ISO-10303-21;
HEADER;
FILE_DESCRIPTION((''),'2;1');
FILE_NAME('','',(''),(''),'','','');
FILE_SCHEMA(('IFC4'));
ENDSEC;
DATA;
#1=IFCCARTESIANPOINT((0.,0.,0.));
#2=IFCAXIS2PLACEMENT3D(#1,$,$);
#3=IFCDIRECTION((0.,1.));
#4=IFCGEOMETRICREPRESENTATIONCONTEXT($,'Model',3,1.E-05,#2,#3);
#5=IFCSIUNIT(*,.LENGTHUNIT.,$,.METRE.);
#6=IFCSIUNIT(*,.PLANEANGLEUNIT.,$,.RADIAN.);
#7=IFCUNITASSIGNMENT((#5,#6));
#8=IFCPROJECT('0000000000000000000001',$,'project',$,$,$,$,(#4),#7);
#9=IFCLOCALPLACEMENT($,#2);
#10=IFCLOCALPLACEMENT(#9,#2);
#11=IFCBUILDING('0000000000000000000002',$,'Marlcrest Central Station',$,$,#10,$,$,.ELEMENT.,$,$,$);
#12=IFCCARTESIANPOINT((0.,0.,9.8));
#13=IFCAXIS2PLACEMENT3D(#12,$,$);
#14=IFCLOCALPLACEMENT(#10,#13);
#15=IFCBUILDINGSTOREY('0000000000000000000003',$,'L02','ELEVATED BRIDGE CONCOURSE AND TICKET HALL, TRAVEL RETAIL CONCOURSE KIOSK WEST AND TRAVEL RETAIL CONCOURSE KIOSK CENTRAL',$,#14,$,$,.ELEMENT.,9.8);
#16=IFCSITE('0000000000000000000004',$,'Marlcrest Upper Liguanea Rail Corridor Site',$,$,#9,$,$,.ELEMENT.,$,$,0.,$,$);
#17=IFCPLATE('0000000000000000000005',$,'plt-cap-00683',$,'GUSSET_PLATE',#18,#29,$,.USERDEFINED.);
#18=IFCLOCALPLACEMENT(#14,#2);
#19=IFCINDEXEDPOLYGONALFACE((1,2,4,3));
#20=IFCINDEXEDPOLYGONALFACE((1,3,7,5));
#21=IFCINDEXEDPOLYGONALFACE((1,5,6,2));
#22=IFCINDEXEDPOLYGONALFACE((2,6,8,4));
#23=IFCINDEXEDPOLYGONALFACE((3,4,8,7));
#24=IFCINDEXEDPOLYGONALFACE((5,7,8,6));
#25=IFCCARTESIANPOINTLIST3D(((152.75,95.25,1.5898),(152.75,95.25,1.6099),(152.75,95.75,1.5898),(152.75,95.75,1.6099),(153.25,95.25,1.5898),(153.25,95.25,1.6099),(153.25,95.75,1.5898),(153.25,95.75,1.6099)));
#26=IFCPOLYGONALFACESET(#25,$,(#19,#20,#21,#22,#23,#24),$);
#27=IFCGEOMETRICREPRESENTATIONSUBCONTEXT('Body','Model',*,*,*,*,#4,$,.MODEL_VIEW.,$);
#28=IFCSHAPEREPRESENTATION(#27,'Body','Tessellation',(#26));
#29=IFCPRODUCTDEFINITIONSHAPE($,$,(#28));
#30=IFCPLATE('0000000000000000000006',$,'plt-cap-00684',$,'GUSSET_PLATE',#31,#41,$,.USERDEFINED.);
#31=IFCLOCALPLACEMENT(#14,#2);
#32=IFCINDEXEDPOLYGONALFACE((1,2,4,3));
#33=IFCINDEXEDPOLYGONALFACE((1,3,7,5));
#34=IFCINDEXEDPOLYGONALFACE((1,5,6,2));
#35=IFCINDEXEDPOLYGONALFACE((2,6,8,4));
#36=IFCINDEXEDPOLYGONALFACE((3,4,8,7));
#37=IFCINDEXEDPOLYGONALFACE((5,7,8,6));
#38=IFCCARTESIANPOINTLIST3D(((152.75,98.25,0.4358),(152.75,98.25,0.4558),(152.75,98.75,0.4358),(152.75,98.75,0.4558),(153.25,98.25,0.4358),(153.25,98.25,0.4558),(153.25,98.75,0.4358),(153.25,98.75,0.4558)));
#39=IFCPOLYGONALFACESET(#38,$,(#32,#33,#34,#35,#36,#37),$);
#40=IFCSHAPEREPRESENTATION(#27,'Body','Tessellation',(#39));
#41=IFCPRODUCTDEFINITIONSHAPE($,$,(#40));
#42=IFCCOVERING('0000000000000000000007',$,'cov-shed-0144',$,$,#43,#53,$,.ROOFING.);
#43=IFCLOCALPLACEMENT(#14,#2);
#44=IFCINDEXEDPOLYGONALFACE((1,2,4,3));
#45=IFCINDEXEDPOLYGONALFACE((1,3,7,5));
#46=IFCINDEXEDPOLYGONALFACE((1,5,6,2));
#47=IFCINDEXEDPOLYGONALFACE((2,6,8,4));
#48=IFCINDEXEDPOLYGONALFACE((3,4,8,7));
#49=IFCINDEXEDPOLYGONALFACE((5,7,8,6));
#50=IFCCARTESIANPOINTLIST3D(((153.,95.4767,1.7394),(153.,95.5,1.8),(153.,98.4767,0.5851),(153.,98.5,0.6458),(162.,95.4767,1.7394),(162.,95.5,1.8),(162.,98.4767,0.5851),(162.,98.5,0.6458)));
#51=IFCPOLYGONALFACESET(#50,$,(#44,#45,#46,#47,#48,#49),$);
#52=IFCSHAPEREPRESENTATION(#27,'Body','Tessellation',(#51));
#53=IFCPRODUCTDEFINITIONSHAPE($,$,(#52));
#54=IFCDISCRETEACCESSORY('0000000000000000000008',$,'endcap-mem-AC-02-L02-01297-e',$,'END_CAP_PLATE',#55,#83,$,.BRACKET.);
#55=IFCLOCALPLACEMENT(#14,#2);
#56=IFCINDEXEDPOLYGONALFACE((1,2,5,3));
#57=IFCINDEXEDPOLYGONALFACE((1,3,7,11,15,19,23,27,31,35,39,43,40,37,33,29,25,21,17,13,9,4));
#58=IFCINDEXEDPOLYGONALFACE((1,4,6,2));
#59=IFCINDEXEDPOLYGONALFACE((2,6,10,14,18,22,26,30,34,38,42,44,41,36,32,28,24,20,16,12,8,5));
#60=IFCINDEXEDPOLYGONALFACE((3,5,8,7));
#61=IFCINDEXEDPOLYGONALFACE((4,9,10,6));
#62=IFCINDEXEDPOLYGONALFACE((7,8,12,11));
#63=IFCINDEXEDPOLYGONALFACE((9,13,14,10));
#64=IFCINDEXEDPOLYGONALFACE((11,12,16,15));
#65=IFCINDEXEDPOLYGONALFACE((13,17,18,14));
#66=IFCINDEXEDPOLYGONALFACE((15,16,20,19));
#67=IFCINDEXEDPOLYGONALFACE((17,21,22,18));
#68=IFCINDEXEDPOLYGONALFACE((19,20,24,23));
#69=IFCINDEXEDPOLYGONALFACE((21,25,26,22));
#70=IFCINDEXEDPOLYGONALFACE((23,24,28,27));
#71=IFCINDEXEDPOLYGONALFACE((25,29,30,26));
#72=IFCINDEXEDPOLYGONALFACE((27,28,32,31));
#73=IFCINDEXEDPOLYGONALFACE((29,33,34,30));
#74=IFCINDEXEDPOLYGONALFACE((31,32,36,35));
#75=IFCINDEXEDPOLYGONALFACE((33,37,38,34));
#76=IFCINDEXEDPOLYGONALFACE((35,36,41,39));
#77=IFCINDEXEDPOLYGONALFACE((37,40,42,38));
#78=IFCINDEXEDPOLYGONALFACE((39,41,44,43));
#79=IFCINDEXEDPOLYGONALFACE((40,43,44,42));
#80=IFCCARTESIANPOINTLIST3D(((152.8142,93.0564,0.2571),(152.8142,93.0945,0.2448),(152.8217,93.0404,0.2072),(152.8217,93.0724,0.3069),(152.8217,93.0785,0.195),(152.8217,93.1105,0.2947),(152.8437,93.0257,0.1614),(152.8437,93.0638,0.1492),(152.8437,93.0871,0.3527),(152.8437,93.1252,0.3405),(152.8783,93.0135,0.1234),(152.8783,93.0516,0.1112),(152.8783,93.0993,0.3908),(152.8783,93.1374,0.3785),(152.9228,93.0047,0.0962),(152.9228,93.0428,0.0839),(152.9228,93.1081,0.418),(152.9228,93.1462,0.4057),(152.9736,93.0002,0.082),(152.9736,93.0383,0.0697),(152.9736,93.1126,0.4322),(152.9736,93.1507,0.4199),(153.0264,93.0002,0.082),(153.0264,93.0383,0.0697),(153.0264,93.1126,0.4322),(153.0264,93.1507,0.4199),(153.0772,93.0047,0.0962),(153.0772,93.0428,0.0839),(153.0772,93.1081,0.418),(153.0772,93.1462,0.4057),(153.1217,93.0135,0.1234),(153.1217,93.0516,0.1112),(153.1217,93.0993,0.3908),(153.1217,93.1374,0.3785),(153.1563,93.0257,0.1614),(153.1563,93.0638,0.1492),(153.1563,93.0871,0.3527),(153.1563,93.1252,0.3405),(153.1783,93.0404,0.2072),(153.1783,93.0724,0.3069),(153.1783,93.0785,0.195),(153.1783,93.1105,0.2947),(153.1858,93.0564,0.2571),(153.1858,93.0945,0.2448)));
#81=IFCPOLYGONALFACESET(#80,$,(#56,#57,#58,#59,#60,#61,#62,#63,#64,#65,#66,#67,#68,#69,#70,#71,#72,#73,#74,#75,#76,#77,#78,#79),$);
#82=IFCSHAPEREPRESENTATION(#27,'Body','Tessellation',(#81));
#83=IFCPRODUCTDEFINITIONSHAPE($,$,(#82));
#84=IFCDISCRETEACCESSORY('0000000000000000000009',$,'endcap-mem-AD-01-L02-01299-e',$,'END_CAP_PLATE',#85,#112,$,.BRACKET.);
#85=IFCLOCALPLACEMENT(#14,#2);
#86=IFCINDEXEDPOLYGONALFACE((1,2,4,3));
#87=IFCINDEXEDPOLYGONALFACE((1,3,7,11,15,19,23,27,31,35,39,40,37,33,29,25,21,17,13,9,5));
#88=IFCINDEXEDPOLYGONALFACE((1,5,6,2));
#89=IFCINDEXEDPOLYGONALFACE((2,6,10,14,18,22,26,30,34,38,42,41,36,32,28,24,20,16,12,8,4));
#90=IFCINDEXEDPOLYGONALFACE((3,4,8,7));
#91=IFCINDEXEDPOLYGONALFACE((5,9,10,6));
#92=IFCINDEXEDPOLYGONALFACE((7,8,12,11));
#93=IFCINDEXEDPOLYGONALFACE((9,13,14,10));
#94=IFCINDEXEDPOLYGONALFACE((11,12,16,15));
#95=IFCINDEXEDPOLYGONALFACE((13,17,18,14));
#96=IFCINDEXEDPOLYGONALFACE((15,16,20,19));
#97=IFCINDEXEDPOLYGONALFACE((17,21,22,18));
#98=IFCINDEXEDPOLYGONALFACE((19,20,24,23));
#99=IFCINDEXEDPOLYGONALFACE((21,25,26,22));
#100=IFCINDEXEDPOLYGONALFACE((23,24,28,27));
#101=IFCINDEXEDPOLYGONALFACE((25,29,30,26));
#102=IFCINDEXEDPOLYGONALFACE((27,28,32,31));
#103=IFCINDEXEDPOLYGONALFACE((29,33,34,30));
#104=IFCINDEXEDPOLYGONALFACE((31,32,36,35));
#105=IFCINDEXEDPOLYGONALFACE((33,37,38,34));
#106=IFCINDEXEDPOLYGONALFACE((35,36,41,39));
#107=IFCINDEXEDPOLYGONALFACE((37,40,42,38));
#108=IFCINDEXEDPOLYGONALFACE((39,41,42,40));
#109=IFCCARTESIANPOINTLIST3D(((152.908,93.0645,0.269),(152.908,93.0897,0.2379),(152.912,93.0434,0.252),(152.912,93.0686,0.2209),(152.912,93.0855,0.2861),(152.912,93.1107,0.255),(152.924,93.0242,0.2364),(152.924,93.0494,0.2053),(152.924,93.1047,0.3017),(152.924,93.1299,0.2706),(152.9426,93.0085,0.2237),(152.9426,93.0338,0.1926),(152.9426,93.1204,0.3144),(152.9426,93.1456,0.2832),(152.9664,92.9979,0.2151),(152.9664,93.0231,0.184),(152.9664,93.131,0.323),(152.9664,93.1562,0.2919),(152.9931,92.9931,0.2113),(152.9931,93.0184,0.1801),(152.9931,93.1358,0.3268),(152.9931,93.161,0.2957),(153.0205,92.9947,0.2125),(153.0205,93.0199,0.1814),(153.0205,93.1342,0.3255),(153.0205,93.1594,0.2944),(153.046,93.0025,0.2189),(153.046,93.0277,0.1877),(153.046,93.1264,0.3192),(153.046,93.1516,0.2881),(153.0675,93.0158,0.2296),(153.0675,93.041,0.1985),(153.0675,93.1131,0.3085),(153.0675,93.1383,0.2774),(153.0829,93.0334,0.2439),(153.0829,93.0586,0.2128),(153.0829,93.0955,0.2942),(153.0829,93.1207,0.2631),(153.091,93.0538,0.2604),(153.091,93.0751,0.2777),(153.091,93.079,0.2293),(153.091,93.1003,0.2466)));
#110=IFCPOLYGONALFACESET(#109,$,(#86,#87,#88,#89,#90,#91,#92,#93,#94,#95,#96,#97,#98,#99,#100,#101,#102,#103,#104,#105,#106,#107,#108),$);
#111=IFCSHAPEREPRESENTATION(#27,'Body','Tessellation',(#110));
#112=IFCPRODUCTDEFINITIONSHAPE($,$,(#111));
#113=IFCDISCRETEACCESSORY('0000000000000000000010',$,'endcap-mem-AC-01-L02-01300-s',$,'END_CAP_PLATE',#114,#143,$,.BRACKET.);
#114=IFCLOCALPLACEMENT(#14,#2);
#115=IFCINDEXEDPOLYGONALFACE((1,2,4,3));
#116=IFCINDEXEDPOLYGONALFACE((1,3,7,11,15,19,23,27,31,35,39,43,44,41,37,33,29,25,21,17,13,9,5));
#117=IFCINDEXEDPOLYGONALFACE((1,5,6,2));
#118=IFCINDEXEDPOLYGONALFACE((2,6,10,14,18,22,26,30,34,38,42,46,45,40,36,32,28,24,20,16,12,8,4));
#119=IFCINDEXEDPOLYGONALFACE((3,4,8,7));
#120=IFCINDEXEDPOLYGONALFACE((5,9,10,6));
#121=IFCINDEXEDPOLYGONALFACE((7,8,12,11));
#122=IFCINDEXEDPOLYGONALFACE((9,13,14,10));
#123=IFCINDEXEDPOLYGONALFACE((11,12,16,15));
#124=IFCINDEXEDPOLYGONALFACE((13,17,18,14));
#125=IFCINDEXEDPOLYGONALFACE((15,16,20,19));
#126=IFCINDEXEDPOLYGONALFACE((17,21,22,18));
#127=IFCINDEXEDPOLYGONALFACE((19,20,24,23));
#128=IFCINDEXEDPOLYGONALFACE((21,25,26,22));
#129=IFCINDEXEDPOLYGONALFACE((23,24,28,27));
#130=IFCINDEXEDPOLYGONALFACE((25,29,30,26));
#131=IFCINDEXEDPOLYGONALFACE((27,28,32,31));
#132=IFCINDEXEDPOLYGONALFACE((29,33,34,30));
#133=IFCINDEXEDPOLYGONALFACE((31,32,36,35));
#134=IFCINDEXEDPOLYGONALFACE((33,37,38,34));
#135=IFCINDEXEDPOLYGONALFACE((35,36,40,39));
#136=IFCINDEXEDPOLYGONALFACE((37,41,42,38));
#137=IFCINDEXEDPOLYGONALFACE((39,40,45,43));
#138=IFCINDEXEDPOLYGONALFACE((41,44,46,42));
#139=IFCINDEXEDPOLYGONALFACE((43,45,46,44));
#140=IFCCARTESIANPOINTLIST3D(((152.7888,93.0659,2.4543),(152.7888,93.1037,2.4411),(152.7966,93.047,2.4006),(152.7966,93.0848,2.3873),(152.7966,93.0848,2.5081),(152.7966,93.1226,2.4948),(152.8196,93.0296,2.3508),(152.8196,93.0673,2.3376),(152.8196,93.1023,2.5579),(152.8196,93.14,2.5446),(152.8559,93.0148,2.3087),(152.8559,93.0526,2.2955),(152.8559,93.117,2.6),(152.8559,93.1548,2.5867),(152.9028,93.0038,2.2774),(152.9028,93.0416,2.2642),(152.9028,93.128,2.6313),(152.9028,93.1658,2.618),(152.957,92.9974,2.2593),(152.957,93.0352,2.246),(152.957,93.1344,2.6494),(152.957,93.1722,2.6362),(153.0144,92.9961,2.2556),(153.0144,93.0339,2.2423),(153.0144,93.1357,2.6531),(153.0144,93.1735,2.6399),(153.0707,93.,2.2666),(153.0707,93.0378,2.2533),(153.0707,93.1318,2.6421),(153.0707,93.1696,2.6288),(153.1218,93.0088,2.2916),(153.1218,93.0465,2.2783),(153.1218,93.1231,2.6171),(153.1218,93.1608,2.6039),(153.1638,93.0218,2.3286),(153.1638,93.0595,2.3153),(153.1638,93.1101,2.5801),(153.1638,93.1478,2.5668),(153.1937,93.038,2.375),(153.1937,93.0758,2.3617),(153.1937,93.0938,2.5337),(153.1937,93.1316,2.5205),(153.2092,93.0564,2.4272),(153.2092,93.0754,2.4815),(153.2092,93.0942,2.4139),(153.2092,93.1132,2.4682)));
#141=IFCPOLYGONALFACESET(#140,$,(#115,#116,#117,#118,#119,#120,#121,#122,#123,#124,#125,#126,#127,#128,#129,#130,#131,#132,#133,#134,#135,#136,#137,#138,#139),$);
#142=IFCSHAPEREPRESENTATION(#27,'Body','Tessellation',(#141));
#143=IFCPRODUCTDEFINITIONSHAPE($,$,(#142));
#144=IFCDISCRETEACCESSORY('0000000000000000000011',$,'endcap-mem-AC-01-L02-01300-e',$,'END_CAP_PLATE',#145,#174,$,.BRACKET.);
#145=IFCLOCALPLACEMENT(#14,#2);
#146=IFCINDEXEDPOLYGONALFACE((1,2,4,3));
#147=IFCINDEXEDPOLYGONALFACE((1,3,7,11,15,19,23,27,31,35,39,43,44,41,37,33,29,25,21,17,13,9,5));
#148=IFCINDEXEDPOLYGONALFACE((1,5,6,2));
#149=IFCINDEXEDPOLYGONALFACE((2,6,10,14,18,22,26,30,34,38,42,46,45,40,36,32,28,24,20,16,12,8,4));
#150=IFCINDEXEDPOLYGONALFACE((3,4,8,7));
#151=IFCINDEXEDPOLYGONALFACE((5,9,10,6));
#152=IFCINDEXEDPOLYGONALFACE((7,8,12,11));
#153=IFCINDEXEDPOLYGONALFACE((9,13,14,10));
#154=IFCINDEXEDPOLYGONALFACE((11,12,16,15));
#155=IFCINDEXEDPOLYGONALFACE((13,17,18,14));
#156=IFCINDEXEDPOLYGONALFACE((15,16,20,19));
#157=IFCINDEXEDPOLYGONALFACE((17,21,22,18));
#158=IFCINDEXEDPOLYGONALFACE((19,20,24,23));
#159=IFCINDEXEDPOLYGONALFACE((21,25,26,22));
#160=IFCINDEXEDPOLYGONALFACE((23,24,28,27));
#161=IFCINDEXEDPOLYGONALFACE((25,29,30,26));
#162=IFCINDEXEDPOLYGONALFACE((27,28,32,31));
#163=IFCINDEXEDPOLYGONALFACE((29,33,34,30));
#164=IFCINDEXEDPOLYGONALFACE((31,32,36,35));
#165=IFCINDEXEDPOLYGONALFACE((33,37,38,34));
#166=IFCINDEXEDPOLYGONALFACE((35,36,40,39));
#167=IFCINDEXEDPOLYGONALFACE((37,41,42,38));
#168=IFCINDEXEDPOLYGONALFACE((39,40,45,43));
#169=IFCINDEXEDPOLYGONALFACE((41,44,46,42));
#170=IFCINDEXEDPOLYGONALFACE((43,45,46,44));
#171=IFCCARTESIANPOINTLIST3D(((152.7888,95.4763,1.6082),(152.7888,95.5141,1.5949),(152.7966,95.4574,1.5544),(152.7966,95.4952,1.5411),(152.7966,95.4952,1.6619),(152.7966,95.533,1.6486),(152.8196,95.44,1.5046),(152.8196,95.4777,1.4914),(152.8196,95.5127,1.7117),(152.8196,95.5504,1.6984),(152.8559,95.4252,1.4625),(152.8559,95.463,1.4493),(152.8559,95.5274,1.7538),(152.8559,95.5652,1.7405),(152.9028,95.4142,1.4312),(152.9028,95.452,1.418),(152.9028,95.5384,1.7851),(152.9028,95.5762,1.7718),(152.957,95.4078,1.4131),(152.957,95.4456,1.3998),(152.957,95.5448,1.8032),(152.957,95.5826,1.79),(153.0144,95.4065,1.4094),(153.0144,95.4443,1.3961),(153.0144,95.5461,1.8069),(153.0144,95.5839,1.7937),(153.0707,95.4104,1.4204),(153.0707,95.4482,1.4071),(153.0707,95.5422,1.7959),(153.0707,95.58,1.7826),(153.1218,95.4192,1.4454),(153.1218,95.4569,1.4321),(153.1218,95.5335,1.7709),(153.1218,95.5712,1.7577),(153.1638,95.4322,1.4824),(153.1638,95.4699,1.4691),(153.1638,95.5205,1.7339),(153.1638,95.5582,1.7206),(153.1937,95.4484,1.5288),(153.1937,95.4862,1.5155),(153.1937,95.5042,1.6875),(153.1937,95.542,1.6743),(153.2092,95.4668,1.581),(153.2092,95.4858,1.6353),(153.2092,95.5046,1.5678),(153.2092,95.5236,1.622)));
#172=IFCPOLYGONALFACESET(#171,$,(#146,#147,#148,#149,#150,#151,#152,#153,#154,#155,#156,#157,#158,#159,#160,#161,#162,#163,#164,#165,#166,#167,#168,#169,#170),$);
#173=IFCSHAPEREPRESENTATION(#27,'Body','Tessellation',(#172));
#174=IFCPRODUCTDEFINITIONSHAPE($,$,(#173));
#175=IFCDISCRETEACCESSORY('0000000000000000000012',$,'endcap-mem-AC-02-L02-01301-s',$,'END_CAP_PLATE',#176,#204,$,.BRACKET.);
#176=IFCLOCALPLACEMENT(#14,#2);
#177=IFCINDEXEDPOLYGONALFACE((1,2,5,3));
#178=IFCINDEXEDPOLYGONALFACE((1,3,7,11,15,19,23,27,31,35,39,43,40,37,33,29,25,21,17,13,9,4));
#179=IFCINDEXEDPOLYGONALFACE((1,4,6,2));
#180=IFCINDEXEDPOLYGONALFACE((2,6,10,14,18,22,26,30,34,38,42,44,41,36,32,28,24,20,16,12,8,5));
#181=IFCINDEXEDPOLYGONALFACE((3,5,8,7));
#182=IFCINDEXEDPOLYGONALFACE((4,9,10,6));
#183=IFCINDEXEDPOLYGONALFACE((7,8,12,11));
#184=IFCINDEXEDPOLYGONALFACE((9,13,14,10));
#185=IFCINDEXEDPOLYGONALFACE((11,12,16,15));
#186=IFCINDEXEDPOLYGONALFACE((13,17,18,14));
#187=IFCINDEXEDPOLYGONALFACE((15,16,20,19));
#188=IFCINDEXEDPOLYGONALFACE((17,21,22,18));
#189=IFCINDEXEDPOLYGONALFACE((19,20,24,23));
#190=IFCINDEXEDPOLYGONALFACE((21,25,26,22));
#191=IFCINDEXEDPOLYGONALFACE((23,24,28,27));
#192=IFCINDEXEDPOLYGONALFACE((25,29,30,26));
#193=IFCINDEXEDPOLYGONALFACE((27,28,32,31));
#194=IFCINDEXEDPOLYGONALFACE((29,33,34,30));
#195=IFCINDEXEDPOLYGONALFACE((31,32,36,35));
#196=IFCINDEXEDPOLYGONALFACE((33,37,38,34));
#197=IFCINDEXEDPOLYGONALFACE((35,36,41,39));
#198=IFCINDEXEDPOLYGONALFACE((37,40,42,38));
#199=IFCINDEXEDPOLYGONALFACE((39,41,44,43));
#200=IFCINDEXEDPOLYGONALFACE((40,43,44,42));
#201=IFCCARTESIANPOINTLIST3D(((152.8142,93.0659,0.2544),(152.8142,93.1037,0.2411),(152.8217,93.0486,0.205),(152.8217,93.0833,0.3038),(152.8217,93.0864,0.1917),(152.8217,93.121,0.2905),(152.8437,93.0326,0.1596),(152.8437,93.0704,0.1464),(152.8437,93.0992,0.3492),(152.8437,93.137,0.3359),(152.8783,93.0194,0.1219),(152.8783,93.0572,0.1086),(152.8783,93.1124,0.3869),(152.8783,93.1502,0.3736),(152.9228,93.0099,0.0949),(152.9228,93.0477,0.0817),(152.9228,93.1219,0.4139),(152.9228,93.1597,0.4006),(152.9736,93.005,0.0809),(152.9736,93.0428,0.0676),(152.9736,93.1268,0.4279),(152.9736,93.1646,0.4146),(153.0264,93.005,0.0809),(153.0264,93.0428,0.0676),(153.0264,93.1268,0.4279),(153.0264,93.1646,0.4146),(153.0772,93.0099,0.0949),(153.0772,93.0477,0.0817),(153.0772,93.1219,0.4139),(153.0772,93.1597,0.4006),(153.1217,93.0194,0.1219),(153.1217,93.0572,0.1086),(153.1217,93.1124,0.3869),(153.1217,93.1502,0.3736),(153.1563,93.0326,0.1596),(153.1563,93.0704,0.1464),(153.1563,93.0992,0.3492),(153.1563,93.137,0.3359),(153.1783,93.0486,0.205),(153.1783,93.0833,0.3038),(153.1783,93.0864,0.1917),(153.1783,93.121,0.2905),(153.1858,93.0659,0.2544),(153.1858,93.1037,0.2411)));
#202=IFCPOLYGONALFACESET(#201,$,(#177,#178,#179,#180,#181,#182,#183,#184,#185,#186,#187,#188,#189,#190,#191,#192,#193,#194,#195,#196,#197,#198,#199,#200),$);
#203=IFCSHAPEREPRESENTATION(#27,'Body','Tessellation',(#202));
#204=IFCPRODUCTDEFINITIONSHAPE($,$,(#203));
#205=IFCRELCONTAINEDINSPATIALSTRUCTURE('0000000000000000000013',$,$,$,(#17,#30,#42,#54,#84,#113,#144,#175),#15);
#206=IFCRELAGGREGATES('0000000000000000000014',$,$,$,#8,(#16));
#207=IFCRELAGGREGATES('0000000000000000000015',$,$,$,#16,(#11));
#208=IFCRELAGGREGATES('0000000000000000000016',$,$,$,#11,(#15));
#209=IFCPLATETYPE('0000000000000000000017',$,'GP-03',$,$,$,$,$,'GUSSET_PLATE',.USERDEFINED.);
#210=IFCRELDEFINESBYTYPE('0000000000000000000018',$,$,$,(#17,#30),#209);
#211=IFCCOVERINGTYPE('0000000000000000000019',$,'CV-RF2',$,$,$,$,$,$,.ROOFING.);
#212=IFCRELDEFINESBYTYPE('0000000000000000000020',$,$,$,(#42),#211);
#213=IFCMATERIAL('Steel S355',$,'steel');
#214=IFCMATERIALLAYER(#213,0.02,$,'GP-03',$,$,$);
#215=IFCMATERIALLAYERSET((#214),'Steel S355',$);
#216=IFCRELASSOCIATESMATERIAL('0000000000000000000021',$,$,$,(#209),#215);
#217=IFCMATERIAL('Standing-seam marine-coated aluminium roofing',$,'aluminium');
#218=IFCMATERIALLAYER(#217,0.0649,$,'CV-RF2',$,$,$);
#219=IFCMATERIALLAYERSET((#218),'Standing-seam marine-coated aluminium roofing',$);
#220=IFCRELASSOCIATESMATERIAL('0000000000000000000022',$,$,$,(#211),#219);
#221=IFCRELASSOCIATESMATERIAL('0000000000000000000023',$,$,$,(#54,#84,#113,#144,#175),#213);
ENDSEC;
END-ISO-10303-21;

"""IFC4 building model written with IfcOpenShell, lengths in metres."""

from ifc_helpers import new_model, si_unit, direction, frame, origin, origin_2d, place, context, subcontext, project, spatial, polyline, rectangle, circle, outline, extrude, material, layer, layer_set, type_object, element, save


model = new_model("IFC4")

# Units and contexts
model_context = context("Model", 3, precision=1e-05, world=origin(), true_north=direction((0.0, 1.0)))
body_context = subcontext(model_context, "Body", "Model", "MODEL_VIEW")
ifc_project = project(units=[si_unit("LENGTHUNIT", "METRE"), si_unit("PLANEANGLEUNIT", "RADIAN")], contexts=[model_context])

# Site, building, storey
site_placement = place(None, origin())
site = spatial("IfcSite", under=ifc_project, at=site_placement, Name="Marlcrest Upper Liguanea Rail Corridor Site", CompositionType="ELEMENT", RefElevation=0.0)
building_placement = place(site_placement, origin())
building = spatial("IfcBuilding", under=site, at=building_placement, Name="Marlcrest Central Station", CompositionType="ELEMENT")
storey_placement = place(building_placement, frame((0.0, 0.0, 9.8)))
storey = spatial("IfcBuildingStorey", under=building, at=storey_placement, Name="L02", Description="ELEVATED BRIDGE CONCOURSE AND TICKET HALL, TRAVEL RETAIL CONCOURSE KIOSK WEST AND TRAVEL RETAIL CONCOURSE KIOSK CENTRAL", CompositionType="ELEMENT", Elevation=9.8)

# Shared definitions
ifc_material_1 = material(Name="Steel S355", Category="steel")

# Plates
ifc_layer_1 = layer(ifc_material_1, 0.02, Name="GP-03")
ifc_layer_set_1 = layer_set([ifc_layer_1], Name="Steel S355")
plate_type = type_object("IfcPlateType", Name="GP-03", ElementType="GUSSET_PLATE", PredefinedType="USERDEFINED", material=ifc_layer_set_1)
for number, where, z_axis, x_axis, name in (
    (1, (153.0, 95.5, 1.5898), (0.0, 0.0, 1.0), (1.0, 0.0, 0.0), "plt-cap-00683"),
    (2, (153.0, 98.5, 0.4358), (0.0, 0.0, 1.0), (1.0, 0.0, 0.0), "plt-cap-00684"),
):
    element("IfcPlate", number, at=place(storey_placement, frame(where, z_axis=z_axis, x_axis=x_axis)), inside=storey, type_object=plate_type, Name=name, ObjectType="GUSSET_PLATE", PredefinedType="USERDEFINED", context=body_context, shape_type="SweptSolid", body=[
        extrude(rectangle(XDim=0.5, YDim=0.5, at=origin_2d()), origin(), (0.0, 0.0, 1.0), 0.02),
    ])

# Covering
ifc_material_2 = material(Name="Standing-seam marine-coated aluminium roofing", Category="aluminium")
ifc_layer_2 = layer(ifc_material_2, 0.0649, Name="CV-RF2")
ifc_layer_set_2 = layer_set([ifc_layer_2], Name="Standing-seam marine-coated aluminium roofing")
covering_type = type_object("IfcCoveringType", Name="CV-RF2", PredefinedType="ROOFING", material=ifc_layer_set_2)
covering_placement = place(storey_placement, frame((153.0, 95.5, 1.8), z_axis=(0.0, 0.359101, 0.933299), x_axis=(1.0, 0.0, 0.0)))
element("IfcCovering", 3, at=covering_placement, inside=storey, type_object=covering_type, Name="cov-shed-0144", PredefinedType="ROOFING", context=body_context, shape_type="SweptSolid", body=[
    extrude(outline(polyline([(0.0, 0.0), (9.0, 0.0), (9.0, 3.2144), (0.0, 3.2144), (0.0, 0.0)])), origin(), (0.0, 0.0, -1.0), 0.0649),
])

# Discrete accessories
discrete_accessory_1_placement = place(storey_placement, frame((153.0, 93.0564, 0.2571), z_axis=(0.0, 0.952117, -0.305734), x_axis=(-1.0, 0.0, 0.0)))
element("IfcDiscreteAccessory", 4, at=discrete_accessory_1_placement, inside=storey, material=ifc_material_1, Name="endcap-mem-AC-02-L02-01297-e", ObjectType="END_CAP_PLATE", PredefinedType="BRACKET", context=body_context, shape_type="SweptSolid", body=[
    extrude(circle(Radius=0.1858, at=origin_2d()), origin(), (0.0, 0.0, 1.0), 0.04),
])
discrete_accessory_2_placement = place(storey_placement, frame((153.0, 93.0645, 0.269), z_axis=(0.0, 0.629629, -0.776896), x_axis=(-1.0, 0.0, 0.0)))
element("IfcDiscreteAccessory", 5, at=discrete_accessory_2_placement, inside=storey, material=ifc_material_1, Name="endcap-mem-AD-01-L02-01299-e", ObjectType="END_CAP_PLATE", PredefinedType="BRACKET", context=body_context, shape_type="SweptSolid", body=[
    extrude(circle(Radius=0.092, at=origin_2d()), origin(), (0.0, 0.0, 1.0), 0.04),
])
for number, where, z_axis, x_axis, name in (
    (6, (153.0, 93.0659, 2.4543), (0.0, 0.943537, -0.331266), (-1.0, 0.0, 0.0), "endcap-mem-AC-01-L02-01300-s"),
    (7, (153.0, 95.4763, 1.6082), (0.0, 0.943537, -0.331266), (-1.0, 0.0, 0.0), "endcap-mem-AC-01-L02-01300-e"),
):
    element("IfcDiscreteAccessory", number, at=place(storey_placement, frame(where, z_axis=z_axis, x_axis=x_axis)), inside=storey, material=ifc_material_1, Name=name, ObjectType="END_CAP_PLATE", PredefinedType="BRACKET", context=body_context, shape_type="SweptSolid", body=[
        extrude(circle(Radius=0.2112, at=origin_2d()), origin(), (0.0, 0.0, 1.0), 0.04),
    ])
for number, where, z_axis, x_axis, name in (
    (8, (153.0, 93.0659, 0.2544), (0.0, 0.943537, -0.331266), (-1.0, 0.0, 0.0), "endcap-mem-AC-02-L02-01301-s"),
):
    element("IfcDiscreteAccessory", number, at=place(storey_placement, frame(where, z_axis=z_axis, x_axis=x_axis)), inside=storey, material=ifc_material_1, Name=name, ObjectType="END_CAP_PLATE", PredefinedType="BRACKET", context=body_context, shape_type="SweptSolid", body=[
        extrude(circle(Radius=0.1858, at=origin_2d()), origin(), (0.0, 0.0, 1.0), 0.04),
    ])

save(model, "model.ifc")
